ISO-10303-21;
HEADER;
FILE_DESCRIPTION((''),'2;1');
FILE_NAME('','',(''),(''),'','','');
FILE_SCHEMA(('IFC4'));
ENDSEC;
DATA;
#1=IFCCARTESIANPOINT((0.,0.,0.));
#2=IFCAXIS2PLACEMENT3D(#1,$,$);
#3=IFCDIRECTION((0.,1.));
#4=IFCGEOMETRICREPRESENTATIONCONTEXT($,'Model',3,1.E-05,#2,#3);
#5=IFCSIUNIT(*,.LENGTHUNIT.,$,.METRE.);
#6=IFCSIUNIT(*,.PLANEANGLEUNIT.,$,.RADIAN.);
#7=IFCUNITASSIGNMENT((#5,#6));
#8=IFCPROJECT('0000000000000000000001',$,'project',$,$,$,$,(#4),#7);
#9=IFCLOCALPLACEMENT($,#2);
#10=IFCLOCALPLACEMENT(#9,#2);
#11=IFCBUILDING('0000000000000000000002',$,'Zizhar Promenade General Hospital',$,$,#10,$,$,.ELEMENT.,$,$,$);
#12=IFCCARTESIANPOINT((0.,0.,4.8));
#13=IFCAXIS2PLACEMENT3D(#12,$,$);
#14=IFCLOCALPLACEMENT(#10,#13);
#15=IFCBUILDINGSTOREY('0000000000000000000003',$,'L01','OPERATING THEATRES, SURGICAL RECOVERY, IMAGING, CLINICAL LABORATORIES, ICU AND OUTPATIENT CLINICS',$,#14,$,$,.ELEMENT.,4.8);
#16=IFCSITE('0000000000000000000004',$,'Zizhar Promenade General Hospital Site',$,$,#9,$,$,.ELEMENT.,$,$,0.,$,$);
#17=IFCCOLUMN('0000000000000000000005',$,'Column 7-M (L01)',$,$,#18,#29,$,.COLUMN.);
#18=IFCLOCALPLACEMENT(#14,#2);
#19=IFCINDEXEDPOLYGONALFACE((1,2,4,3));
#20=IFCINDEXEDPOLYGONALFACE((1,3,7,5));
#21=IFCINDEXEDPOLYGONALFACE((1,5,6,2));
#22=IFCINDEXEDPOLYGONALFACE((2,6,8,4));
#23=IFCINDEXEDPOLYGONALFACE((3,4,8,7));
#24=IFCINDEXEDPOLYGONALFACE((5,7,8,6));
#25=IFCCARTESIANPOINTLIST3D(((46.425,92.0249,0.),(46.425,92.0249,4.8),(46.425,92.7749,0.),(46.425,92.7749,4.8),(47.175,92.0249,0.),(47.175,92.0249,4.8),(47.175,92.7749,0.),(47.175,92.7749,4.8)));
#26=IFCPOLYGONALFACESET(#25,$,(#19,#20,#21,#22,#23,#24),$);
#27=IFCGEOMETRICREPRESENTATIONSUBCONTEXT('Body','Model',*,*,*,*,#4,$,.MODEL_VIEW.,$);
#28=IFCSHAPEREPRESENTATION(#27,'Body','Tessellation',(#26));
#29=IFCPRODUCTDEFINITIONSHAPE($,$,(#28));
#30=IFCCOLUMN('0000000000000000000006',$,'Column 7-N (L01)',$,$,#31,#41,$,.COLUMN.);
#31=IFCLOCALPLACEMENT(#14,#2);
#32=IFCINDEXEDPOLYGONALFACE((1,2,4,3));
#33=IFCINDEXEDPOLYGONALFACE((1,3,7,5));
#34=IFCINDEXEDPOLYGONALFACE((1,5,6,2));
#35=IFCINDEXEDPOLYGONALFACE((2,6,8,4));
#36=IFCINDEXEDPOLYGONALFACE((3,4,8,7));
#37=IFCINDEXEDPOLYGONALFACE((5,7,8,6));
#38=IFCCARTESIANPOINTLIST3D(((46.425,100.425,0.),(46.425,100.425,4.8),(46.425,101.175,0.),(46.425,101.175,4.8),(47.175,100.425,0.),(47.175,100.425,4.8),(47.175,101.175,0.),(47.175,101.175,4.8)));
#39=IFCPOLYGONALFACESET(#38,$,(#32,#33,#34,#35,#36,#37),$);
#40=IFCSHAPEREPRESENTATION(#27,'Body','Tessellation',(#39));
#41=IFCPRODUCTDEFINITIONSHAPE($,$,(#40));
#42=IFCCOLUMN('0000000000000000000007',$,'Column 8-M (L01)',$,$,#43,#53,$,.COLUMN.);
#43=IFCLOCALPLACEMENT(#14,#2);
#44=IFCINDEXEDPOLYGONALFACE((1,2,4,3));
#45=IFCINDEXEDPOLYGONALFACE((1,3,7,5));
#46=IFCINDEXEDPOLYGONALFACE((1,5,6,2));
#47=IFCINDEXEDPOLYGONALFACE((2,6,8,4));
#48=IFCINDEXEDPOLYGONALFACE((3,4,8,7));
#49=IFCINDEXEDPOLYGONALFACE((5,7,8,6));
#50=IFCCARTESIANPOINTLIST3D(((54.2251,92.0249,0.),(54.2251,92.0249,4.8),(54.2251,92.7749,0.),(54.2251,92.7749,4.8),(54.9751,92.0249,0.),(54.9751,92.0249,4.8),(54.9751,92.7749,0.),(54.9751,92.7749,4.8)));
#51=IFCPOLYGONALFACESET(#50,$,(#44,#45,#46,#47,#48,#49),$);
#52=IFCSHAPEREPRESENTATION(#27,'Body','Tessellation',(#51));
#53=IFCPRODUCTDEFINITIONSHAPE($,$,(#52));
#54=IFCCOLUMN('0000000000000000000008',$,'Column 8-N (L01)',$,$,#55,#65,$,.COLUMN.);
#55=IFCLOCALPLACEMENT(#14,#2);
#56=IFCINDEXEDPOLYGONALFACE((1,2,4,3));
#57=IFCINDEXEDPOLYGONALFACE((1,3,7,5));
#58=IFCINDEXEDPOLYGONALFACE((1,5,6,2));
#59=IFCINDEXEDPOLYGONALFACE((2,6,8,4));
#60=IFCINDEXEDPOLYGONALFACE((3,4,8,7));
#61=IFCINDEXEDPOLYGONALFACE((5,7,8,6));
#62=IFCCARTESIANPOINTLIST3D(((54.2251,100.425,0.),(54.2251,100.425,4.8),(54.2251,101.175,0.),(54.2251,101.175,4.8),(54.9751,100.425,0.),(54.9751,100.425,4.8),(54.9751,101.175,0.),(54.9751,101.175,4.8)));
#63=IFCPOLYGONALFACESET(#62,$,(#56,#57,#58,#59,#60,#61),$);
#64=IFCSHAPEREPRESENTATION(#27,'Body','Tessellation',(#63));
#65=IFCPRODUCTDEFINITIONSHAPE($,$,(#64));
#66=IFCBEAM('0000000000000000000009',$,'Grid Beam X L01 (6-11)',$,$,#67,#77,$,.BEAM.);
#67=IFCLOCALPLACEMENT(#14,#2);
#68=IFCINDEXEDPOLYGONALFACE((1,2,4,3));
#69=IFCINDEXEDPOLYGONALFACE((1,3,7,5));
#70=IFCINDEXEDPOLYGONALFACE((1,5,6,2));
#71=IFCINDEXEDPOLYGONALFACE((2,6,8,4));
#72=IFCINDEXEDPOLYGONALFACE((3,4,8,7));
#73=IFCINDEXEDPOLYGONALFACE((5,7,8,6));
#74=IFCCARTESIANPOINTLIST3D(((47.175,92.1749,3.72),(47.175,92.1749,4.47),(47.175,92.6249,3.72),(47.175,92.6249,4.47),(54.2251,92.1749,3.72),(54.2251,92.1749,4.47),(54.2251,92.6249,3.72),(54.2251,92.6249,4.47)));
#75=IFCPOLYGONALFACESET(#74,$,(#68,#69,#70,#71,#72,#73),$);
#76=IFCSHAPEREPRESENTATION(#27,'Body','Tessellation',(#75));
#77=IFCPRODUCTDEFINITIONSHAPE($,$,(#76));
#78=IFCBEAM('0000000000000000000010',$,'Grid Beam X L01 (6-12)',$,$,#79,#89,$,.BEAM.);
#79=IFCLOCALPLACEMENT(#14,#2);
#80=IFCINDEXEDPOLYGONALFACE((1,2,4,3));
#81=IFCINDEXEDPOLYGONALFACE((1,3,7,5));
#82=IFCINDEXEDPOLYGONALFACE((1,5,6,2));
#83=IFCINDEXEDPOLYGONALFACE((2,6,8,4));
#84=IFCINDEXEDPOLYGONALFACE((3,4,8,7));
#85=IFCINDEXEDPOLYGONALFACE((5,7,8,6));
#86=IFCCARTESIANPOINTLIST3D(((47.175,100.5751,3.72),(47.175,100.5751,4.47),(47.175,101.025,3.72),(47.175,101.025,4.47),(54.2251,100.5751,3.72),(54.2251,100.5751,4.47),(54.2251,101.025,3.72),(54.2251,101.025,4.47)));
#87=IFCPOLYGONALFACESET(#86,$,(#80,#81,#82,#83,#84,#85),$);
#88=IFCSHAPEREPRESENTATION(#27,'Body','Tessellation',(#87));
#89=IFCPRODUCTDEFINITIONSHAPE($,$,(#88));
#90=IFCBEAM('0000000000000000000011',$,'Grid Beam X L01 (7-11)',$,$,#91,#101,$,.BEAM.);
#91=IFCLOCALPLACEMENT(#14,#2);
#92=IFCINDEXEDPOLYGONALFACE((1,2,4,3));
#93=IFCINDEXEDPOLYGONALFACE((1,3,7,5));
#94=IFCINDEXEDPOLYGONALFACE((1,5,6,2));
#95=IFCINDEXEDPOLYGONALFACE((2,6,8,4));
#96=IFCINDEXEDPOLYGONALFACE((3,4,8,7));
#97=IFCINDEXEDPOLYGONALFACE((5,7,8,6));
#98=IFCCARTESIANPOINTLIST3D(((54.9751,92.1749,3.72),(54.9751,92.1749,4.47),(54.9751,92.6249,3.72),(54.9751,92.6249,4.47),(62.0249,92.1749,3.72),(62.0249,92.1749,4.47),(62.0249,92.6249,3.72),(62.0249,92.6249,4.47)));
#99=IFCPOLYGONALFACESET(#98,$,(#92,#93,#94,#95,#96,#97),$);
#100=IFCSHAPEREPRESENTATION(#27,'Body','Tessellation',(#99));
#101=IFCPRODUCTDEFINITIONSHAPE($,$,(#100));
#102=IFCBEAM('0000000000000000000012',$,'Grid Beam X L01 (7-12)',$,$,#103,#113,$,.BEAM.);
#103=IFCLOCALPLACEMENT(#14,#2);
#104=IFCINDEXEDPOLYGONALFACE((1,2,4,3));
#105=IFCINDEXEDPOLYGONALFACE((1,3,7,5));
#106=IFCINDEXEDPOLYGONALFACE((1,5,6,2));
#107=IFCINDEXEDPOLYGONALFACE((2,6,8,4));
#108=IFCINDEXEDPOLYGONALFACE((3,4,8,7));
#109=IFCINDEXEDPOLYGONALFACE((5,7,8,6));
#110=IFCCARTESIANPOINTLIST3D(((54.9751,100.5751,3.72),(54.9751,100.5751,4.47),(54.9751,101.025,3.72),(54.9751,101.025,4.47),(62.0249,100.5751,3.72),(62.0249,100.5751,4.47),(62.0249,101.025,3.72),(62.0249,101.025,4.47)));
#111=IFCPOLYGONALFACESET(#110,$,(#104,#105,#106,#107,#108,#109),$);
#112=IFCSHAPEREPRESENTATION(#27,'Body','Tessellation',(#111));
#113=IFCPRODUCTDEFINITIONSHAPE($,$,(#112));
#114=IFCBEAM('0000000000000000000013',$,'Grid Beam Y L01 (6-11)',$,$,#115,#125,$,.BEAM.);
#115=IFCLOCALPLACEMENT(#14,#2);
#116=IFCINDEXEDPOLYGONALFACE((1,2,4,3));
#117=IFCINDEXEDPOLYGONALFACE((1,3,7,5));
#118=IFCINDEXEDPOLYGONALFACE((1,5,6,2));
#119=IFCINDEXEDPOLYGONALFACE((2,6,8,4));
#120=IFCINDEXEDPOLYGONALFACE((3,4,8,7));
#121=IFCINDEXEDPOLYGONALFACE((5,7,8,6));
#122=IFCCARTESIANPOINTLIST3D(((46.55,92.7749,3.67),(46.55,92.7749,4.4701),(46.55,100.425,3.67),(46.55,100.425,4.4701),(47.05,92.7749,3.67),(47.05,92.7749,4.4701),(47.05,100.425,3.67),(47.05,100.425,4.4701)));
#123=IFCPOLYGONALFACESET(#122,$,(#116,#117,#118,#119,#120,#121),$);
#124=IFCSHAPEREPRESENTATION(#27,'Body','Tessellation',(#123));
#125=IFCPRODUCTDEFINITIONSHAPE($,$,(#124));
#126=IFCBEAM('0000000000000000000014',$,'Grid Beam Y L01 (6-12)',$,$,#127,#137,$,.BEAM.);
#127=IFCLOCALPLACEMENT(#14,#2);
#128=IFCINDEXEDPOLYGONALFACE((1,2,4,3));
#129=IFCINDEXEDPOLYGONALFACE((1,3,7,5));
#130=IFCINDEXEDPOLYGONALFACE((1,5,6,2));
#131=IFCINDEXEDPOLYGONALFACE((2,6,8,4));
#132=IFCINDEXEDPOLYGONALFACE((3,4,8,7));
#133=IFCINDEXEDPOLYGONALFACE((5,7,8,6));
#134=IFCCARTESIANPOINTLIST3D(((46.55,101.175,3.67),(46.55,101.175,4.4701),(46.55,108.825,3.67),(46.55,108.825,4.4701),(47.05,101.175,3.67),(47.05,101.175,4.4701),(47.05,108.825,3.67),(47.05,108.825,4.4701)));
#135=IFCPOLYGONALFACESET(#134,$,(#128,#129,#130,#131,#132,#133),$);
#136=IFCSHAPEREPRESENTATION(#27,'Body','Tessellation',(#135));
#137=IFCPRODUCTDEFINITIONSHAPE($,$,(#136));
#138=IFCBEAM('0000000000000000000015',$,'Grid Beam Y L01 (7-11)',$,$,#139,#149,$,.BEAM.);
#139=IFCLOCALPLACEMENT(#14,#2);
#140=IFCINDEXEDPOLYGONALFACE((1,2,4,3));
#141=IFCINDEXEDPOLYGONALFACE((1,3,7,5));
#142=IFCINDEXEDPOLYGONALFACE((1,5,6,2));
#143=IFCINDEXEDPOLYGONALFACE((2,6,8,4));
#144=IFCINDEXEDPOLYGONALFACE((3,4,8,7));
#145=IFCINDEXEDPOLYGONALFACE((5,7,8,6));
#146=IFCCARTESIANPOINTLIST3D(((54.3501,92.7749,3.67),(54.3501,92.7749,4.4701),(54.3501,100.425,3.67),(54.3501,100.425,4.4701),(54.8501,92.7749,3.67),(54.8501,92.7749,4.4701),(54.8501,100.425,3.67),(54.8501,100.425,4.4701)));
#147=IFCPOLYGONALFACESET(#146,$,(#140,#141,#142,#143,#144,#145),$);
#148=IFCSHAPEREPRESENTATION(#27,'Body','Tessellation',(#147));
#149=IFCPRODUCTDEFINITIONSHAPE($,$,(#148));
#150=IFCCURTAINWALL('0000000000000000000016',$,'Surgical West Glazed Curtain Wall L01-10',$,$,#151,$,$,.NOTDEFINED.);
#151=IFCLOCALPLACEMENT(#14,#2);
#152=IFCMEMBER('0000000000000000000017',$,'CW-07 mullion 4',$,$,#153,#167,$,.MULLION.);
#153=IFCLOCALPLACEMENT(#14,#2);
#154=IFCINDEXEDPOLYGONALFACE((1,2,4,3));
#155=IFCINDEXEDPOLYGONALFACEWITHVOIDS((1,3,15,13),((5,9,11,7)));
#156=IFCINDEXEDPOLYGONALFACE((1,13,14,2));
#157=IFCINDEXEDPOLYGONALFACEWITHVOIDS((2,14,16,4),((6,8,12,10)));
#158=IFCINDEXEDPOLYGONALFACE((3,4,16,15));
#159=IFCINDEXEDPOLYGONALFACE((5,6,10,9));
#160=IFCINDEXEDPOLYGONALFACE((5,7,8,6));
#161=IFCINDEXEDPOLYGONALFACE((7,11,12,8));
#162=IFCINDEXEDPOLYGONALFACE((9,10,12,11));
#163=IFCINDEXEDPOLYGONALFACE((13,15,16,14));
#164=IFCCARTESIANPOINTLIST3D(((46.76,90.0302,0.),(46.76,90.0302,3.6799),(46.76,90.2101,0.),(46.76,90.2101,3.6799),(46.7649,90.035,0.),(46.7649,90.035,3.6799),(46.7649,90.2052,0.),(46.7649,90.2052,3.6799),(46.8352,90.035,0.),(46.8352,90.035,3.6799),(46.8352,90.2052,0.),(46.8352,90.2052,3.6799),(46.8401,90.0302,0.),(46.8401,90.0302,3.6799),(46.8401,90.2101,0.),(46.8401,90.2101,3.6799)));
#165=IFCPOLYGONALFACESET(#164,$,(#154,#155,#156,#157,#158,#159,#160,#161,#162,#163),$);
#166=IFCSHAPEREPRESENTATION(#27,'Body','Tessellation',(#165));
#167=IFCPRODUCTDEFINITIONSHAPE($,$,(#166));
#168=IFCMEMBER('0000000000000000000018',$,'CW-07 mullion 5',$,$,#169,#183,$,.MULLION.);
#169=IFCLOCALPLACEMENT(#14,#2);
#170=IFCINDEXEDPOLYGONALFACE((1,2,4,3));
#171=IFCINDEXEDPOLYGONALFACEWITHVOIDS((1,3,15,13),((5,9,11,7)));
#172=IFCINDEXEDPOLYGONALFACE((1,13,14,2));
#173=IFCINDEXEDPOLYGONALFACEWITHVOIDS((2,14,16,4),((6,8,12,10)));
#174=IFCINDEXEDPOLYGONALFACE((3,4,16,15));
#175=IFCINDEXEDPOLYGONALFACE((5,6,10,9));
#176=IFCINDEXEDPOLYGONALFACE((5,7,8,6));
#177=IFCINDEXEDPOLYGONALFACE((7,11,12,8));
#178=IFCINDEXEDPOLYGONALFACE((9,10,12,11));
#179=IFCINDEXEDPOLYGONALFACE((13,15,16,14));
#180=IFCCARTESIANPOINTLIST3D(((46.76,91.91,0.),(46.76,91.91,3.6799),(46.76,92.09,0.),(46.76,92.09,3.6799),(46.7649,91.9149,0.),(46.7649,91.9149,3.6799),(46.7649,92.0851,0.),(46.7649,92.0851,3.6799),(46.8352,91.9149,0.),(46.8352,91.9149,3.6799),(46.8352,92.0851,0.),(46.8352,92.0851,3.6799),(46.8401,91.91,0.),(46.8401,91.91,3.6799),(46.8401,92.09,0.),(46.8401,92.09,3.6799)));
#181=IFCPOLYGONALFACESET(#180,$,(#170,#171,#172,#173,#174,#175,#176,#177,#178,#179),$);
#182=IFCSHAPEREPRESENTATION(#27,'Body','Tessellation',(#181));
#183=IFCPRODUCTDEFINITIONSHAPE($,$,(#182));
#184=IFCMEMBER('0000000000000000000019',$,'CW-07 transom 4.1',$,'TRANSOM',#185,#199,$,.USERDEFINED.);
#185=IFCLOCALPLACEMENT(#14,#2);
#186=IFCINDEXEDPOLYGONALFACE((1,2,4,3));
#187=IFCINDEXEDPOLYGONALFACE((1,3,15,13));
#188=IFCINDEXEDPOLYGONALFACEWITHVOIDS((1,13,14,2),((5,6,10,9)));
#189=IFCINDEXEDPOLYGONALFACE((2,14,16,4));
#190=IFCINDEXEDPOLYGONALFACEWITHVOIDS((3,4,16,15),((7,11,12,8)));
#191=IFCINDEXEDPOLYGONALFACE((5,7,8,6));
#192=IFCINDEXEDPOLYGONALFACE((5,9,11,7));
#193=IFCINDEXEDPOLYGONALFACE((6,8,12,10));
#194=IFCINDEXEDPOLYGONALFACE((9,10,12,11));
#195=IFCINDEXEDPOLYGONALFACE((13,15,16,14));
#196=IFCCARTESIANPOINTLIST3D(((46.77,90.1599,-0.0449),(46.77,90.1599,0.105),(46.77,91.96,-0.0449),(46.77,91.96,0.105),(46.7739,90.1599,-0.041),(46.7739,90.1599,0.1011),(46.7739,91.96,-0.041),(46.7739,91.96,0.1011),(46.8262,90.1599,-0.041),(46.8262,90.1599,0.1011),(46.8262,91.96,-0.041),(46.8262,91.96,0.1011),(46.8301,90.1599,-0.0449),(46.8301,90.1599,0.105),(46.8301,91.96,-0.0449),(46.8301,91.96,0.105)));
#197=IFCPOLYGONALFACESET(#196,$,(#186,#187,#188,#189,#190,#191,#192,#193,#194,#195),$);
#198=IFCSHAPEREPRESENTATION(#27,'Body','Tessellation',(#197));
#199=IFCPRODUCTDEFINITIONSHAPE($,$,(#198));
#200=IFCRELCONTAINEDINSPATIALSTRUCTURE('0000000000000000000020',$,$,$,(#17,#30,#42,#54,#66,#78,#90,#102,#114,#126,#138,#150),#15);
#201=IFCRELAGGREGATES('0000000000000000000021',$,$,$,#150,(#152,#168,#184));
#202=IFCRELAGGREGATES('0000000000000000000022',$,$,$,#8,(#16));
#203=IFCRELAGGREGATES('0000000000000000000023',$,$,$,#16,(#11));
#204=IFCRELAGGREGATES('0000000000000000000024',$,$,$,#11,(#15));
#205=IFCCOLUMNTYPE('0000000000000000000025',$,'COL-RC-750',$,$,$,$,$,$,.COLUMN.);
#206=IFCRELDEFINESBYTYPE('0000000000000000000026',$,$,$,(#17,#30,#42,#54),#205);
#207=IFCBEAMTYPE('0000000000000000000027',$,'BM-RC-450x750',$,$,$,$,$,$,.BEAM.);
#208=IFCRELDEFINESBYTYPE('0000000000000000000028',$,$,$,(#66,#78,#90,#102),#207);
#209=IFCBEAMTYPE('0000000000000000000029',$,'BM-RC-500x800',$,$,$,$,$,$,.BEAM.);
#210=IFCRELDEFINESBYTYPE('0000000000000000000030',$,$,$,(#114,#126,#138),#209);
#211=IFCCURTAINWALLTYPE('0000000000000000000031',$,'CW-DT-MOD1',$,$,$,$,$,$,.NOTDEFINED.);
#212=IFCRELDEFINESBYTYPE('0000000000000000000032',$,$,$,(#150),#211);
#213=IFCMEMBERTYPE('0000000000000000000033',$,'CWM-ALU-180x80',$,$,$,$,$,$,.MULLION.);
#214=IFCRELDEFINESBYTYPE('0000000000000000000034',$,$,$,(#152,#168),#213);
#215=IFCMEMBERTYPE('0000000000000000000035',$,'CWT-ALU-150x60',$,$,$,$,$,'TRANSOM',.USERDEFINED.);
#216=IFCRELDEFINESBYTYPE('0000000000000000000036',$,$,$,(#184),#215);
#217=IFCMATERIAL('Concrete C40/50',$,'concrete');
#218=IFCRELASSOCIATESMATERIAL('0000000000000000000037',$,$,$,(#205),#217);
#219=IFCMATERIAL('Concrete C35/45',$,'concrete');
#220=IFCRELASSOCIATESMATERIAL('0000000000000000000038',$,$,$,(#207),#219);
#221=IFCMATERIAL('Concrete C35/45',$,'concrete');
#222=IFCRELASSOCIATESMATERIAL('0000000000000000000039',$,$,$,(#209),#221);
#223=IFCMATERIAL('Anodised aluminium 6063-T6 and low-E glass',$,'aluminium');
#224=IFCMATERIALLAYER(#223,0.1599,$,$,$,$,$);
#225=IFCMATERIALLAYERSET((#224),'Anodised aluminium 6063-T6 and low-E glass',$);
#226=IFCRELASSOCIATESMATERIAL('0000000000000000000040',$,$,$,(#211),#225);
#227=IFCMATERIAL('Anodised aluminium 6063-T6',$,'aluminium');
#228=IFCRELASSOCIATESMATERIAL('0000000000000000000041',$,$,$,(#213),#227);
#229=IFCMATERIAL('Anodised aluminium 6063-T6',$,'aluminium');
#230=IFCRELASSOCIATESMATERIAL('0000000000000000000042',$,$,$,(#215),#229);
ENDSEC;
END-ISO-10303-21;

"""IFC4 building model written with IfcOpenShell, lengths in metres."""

from ifc_helpers import new_model, si_unit, direction, frame, origin, origin_2d, place, context, subcontext, project, spatial, rectangle, hollow_rectangle, extrude, material, layer, layer_set, material_profile, profile_set, type_object, element, aggregate, save


model = new_model("IFC4")

# Units and contexts
model_context = context("Model", 3, precision=1e-05, world=origin(), true_north=direction((0.0, 1.0)))
body_context = subcontext(model_context, "Body", "Model", "MODEL_VIEW")
ifc_project = project(units=[si_unit("LENGTHUNIT", "METRE"), si_unit("PLANEANGLEUNIT", "RADIAN")], contexts=[model_context])

# Site, building, storey
site_placement = place(None, origin())
site = spatial("IfcSite", under=ifc_project, at=site_placement, Name="Zizhar Promenade General Hospital Site", CompositionType="ELEMENT", RefElevation=0.0)
building_placement = place(site_placement, origin())
building = spatial("IfcBuilding", under=site, at=building_placement, Name="Zizhar Promenade General Hospital", CompositionType="ELEMENT")
storey_placement = place(building_placement, frame((0.0, 0.0, 4.8)))
storey = spatial("IfcBuildingStorey", under=building, at=storey_placement, Name="L01", Description="OPERATING THEATRES, SURGICAL RECOVERY, IMAGING, CLINICAL LABORATORIES, ICU AND OUTPATIENT CLINICS", CompositionType="ELEMENT", Elevation=4.8)

# Columns
ifc_material_1 = material(Name="Concrete C40/50", Category="concrete")
ifc_material_profile_1 = material_profile(ifc_material_1, rectangle(XDim=0.75, YDim=0.75, at=origin_2d()))
ifc_profile_set_1 = profile_set([ifc_material_profile_1], Name="Concrete C40/50")
column_type = type_object("IfcColumnType", Name="COL-RC-750", PredefinedType="COLUMN", material=ifc_profile_set_1)
for number, where, z_axis, x_axis, name in (
    (1, (46.8, 92.3999, 0.0), (0.0, 0.0, 1.0), (1.0, 0.0, 0.0), "Column 7-M (L01)"),
    (2, (46.8, 100.8, 0.0), (0.0, 0.0, 1.0), (1.0, 0.0, 0.0), "Column 7-N (L01)"),
    (3, (54.6001, 92.3999, 0.0), (0.0, 0.0, 1.0), (1.0, 0.0, 0.0), "Column 8-M (L01)"),
    (4, (54.6001, 100.8, 0.0), (0.0, 0.0, 1.0), (1.0, 0.0, 0.0), "Column 8-N (L01)"),
):
    element("IfcColumn", number, at=place(storey_placement, frame(where, z_axis=z_axis, x_axis=x_axis)), inside=storey, type_object=column_type, Name=name, PredefinedType="COLUMN", context=body_context, shape_type="SweptSolid", body=[
        extrude(rectangle(XDim=0.75, YDim=0.75, at=origin_2d()), origin(), (0.0, 0.0, 1.0), 4.8),
    ])

# Beams
ifc_material_2 = material(Name="Concrete C35/45", Category="concrete")
ifc_material_profile_2 = material_profile(ifc_material_2, rectangle(XDim=0.45, YDim=0.75, at=origin_2d()))
ifc_profile_set_2 = profile_set([ifc_material_profile_2], Name="Concrete C35/45")
beam_type_1 = type_object("IfcBeamType", Name="BM-RC-450x750", PredefinedType="BEAM", material=ifc_profile_set_2)
for number, where, z_axis, x_axis, name in (
    (5, (47.175, 92.3999, 4.095), (1.0, 0.0, 0.0), (0.0, 1.0, 0.0), "Grid Beam X L01 (6-11)"),
    (6, (47.175, 100.8, 4.095), (1.0, 0.0, 0.0), (0.0, 1.0, 0.0), "Grid Beam X L01 (6-12)"),
):
    element("IfcBeam", number, at=place(storey_placement, frame(where, z_axis=z_axis, x_axis=x_axis)), inside=storey, type_object=beam_type_1, Name=name, PredefinedType="BEAM", context=body_context, shape_type="SweptSolid", body=[
        extrude(rectangle(XDim=0.45, YDim=0.75, at=origin_2d()), origin(), (0.0, 0.0, 1.0), 7.05),
    ])
for number, where, z_axis, x_axis, name in (
    (7, (54.9751, 92.3999, 4.095), (1.0, 0.0, 0.0), (0.0, 1.0, 0.0), "Grid Beam X L01 (7-11)"),
    (8, (54.9751, 100.8, 4.095), (1.0, 0.0, 0.0), (0.0, 1.0, 0.0), "Grid Beam X L01 (7-12)"),
):
    element("IfcBeam", number, at=place(storey_placement, frame(where, z_axis=z_axis, x_axis=x_axis)), inside=storey, type_object=beam_type_1, Name=name, PredefinedType="BEAM", context=body_context, shape_type="SweptSolid", body=[
        extrude(rectangle(XDim=0.45, YDim=0.75, at=origin_2d()), origin(), (0.0, 0.0, 1.0), 7.0498),
    ])
ifc_material_3 = material(Name="Concrete C35/45", Category="concrete")
ifc_material_profile_3 = material_profile(ifc_material_3, rectangle(XDim=0.5, YDim=0.8, at=origin_2d()))
ifc_profile_set_3 = profile_set([ifc_material_profile_3], Name="Concrete C35/45")
beam_type_2 = type_object("IfcBeamType", Name="BM-RC-500x800", PredefinedType="BEAM", material=ifc_profile_set_3)
beam_1_placement = place(storey_placement, frame((46.8, 92.7749, 4.0701), z_axis=(0.0, 1.0, 0.0), x_axis=(-1.0, 0.0, 0.0)))
element("IfcBeam", 9, at=beam_1_placement, inside=storey, type_object=beam_type_2, Name="Grid Beam Y L01 (6-11)", PredefinedType="BEAM", context=body_context, shape_type="SweptSolid", body=[
    extrude(rectangle(XDim=0.5, YDim=0.8, at=origin_2d()), origin(), (0.0, 0.0, 1.0), 7.6501),
])
beam_2_placement = place(storey_placement, frame((46.8, 101.175, 4.0701), z_axis=(0.0, 1.0, 0.0), x_axis=(-1.0, 0.0, 0.0)))
element("IfcBeam", 10, at=beam_2_placement, inside=storey, type_object=beam_type_2, Name="Grid Beam Y L01 (6-12)", PredefinedType="BEAM", context=body_context, shape_type="SweptSolid", body=[
    extrude(rectangle(XDim=0.5, YDim=0.8, at=origin_2d()), origin(), (0.0, 0.0, 1.0), 7.6499),
])
beam_3_placement = place(storey_placement, frame((54.6001, 92.7749, 4.0701), z_axis=(0.0, 1.0, 0.0), x_axis=(-1.0, 0.0, 0.0)))
element("IfcBeam", 11, at=beam_3_placement, inside=storey, type_object=beam_type_2, Name="Grid Beam Y L01 (7-11)", PredefinedType="BEAM", context=body_context, shape_type="SweptSolid", body=[
    extrude(rectangle(XDim=0.5, YDim=0.8, at=origin_2d()), origin(), (0.0, 0.0, 1.0), 7.6501),
])

# Curtain wall, members
ifc_material_4 = material(Name="Anodised aluminium 6063-T6 and low-E glass", Category="aluminium")
ifc_layer_1 = layer(ifc_material_4, 0.1599)
ifc_layer_set_1 = layer_set([ifc_layer_1], Name="Anodised aluminium 6063-T6 and low-E glass")
curtain_wall_type = type_object("IfcCurtainWallType", Name="CW-DT-MOD1", PredefinedType="NOTDEFINED", material=ifc_layer_set_1)
curtain_wall_placement = place(storey_placement, origin())
curtain_wall = element("IfcCurtainWall", 12, at=curtain_wall_placement, inside=storey, type_object=curtain_wall_type, Name="Surgical West Glazed Curtain Wall L01-10", PredefinedType="NOTDEFINED")
ifc_material_5 = material(Name="Anodised aluminium 6063-T6", Category="aluminium")
ifc_material_profile_4 = material_profile(ifc_material_5, hollow_rectangle(XDim=0.0801, YDim=0.1799, WallThickness=0.0049, at=origin_2d()))
ifc_profile_set_4 = profile_set([ifc_material_profile_4], Name="Anodised aluminium 6063-T6")
member_type_1 = type_object("IfcMemberType", Name="CWM-ALU-180x80", PredefinedType="MULLION", material=ifc_profile_set_4)
member_1_placement = place(storey_placement, frame((46.8, 90.1201, 0.0), z_axis=(0.0, 0.0, 1.0), x_axis=(-1.0, 0.0, 0.0)))
member_1 = element("IfcMember", 13, at=member_1_placement, type_object=member_type_1, Name="CW-07 mullion 4", PredefinedType="MULLION", context=body_context, shape_type="SweptSolid", body=[
    extrude(hollow_rectangle(XDim=0.0801, YDim=0.1799, WallThickness=0.0049, at=origin_2d()), origin(), (0.0, 0.0, 1.0), 3.6799),
])
member_2_placement = place(storey_placement, frame((46.8, 92.0, 0.0), z_axis=(0.0, 0.0, 1.0), x_axis=(-1.0, 0.0, 0.0)))
member_2 = element("IfcMember", 14, at=member_2_placement, type_object=member_type_1, Name="CW-07 mullion 5", PredefinedType="MULLION", context=body_context, shape_type="SweptSolid", body=[
    extrude(hollow_rectangle(XDim=0.0801, YDim=0.1799, WallThickness=0.0049, at=origin_2d()), origin(), (0.0, 0.0, 1.0), 3.6799),
])
ifc_material_6 = material(Name="Anodised aluminium 6063-T6", Category="aluminium")
ifc_material_profile_5 = material_profile(ifc_material_6, hollow_rectangle(XDim=0.0601, YDim=0.1499, WallThickness=0.0039, at=origin_2d()))
ifc_profile_set_5 = profile_set([ifc_material_profile_5], Name="Anodised aluminium 6063-T6")
member_type_2 = type_object("IfcMemberType", Name="CWT-ALU-150x60", ElementType="TRANSOM", PredefinedType="USERDEFINED", material=ifc_profile_set_5)
member_3_placement = place(storey_placement, frame((46.8, 90.1599, 0.03), z_axis=(0.0, 1.0, 0.0), x_axis=(-1.0, 0.0, 0.0)))
member_3 = element("IfcMember", 15, at=member_3_placement, type_object=member_type_2, Name="CW-07 transom 4.1", ObjectType="TRANSOM", PredefinedType="USERDEFINED", context=body_context, shape_type="SweptSolid", body=[
    extrude(hollow_rectangle(XDim=0.0601, YDim=0.1499, WallThickness=0.0039, at=origin_2d()), origin(), (0.0, 0.0, 1.0), 1.8),
])
aggregate(curtain_wall, [member_1, member_2, member_3])

save(model, "model.ifc")
